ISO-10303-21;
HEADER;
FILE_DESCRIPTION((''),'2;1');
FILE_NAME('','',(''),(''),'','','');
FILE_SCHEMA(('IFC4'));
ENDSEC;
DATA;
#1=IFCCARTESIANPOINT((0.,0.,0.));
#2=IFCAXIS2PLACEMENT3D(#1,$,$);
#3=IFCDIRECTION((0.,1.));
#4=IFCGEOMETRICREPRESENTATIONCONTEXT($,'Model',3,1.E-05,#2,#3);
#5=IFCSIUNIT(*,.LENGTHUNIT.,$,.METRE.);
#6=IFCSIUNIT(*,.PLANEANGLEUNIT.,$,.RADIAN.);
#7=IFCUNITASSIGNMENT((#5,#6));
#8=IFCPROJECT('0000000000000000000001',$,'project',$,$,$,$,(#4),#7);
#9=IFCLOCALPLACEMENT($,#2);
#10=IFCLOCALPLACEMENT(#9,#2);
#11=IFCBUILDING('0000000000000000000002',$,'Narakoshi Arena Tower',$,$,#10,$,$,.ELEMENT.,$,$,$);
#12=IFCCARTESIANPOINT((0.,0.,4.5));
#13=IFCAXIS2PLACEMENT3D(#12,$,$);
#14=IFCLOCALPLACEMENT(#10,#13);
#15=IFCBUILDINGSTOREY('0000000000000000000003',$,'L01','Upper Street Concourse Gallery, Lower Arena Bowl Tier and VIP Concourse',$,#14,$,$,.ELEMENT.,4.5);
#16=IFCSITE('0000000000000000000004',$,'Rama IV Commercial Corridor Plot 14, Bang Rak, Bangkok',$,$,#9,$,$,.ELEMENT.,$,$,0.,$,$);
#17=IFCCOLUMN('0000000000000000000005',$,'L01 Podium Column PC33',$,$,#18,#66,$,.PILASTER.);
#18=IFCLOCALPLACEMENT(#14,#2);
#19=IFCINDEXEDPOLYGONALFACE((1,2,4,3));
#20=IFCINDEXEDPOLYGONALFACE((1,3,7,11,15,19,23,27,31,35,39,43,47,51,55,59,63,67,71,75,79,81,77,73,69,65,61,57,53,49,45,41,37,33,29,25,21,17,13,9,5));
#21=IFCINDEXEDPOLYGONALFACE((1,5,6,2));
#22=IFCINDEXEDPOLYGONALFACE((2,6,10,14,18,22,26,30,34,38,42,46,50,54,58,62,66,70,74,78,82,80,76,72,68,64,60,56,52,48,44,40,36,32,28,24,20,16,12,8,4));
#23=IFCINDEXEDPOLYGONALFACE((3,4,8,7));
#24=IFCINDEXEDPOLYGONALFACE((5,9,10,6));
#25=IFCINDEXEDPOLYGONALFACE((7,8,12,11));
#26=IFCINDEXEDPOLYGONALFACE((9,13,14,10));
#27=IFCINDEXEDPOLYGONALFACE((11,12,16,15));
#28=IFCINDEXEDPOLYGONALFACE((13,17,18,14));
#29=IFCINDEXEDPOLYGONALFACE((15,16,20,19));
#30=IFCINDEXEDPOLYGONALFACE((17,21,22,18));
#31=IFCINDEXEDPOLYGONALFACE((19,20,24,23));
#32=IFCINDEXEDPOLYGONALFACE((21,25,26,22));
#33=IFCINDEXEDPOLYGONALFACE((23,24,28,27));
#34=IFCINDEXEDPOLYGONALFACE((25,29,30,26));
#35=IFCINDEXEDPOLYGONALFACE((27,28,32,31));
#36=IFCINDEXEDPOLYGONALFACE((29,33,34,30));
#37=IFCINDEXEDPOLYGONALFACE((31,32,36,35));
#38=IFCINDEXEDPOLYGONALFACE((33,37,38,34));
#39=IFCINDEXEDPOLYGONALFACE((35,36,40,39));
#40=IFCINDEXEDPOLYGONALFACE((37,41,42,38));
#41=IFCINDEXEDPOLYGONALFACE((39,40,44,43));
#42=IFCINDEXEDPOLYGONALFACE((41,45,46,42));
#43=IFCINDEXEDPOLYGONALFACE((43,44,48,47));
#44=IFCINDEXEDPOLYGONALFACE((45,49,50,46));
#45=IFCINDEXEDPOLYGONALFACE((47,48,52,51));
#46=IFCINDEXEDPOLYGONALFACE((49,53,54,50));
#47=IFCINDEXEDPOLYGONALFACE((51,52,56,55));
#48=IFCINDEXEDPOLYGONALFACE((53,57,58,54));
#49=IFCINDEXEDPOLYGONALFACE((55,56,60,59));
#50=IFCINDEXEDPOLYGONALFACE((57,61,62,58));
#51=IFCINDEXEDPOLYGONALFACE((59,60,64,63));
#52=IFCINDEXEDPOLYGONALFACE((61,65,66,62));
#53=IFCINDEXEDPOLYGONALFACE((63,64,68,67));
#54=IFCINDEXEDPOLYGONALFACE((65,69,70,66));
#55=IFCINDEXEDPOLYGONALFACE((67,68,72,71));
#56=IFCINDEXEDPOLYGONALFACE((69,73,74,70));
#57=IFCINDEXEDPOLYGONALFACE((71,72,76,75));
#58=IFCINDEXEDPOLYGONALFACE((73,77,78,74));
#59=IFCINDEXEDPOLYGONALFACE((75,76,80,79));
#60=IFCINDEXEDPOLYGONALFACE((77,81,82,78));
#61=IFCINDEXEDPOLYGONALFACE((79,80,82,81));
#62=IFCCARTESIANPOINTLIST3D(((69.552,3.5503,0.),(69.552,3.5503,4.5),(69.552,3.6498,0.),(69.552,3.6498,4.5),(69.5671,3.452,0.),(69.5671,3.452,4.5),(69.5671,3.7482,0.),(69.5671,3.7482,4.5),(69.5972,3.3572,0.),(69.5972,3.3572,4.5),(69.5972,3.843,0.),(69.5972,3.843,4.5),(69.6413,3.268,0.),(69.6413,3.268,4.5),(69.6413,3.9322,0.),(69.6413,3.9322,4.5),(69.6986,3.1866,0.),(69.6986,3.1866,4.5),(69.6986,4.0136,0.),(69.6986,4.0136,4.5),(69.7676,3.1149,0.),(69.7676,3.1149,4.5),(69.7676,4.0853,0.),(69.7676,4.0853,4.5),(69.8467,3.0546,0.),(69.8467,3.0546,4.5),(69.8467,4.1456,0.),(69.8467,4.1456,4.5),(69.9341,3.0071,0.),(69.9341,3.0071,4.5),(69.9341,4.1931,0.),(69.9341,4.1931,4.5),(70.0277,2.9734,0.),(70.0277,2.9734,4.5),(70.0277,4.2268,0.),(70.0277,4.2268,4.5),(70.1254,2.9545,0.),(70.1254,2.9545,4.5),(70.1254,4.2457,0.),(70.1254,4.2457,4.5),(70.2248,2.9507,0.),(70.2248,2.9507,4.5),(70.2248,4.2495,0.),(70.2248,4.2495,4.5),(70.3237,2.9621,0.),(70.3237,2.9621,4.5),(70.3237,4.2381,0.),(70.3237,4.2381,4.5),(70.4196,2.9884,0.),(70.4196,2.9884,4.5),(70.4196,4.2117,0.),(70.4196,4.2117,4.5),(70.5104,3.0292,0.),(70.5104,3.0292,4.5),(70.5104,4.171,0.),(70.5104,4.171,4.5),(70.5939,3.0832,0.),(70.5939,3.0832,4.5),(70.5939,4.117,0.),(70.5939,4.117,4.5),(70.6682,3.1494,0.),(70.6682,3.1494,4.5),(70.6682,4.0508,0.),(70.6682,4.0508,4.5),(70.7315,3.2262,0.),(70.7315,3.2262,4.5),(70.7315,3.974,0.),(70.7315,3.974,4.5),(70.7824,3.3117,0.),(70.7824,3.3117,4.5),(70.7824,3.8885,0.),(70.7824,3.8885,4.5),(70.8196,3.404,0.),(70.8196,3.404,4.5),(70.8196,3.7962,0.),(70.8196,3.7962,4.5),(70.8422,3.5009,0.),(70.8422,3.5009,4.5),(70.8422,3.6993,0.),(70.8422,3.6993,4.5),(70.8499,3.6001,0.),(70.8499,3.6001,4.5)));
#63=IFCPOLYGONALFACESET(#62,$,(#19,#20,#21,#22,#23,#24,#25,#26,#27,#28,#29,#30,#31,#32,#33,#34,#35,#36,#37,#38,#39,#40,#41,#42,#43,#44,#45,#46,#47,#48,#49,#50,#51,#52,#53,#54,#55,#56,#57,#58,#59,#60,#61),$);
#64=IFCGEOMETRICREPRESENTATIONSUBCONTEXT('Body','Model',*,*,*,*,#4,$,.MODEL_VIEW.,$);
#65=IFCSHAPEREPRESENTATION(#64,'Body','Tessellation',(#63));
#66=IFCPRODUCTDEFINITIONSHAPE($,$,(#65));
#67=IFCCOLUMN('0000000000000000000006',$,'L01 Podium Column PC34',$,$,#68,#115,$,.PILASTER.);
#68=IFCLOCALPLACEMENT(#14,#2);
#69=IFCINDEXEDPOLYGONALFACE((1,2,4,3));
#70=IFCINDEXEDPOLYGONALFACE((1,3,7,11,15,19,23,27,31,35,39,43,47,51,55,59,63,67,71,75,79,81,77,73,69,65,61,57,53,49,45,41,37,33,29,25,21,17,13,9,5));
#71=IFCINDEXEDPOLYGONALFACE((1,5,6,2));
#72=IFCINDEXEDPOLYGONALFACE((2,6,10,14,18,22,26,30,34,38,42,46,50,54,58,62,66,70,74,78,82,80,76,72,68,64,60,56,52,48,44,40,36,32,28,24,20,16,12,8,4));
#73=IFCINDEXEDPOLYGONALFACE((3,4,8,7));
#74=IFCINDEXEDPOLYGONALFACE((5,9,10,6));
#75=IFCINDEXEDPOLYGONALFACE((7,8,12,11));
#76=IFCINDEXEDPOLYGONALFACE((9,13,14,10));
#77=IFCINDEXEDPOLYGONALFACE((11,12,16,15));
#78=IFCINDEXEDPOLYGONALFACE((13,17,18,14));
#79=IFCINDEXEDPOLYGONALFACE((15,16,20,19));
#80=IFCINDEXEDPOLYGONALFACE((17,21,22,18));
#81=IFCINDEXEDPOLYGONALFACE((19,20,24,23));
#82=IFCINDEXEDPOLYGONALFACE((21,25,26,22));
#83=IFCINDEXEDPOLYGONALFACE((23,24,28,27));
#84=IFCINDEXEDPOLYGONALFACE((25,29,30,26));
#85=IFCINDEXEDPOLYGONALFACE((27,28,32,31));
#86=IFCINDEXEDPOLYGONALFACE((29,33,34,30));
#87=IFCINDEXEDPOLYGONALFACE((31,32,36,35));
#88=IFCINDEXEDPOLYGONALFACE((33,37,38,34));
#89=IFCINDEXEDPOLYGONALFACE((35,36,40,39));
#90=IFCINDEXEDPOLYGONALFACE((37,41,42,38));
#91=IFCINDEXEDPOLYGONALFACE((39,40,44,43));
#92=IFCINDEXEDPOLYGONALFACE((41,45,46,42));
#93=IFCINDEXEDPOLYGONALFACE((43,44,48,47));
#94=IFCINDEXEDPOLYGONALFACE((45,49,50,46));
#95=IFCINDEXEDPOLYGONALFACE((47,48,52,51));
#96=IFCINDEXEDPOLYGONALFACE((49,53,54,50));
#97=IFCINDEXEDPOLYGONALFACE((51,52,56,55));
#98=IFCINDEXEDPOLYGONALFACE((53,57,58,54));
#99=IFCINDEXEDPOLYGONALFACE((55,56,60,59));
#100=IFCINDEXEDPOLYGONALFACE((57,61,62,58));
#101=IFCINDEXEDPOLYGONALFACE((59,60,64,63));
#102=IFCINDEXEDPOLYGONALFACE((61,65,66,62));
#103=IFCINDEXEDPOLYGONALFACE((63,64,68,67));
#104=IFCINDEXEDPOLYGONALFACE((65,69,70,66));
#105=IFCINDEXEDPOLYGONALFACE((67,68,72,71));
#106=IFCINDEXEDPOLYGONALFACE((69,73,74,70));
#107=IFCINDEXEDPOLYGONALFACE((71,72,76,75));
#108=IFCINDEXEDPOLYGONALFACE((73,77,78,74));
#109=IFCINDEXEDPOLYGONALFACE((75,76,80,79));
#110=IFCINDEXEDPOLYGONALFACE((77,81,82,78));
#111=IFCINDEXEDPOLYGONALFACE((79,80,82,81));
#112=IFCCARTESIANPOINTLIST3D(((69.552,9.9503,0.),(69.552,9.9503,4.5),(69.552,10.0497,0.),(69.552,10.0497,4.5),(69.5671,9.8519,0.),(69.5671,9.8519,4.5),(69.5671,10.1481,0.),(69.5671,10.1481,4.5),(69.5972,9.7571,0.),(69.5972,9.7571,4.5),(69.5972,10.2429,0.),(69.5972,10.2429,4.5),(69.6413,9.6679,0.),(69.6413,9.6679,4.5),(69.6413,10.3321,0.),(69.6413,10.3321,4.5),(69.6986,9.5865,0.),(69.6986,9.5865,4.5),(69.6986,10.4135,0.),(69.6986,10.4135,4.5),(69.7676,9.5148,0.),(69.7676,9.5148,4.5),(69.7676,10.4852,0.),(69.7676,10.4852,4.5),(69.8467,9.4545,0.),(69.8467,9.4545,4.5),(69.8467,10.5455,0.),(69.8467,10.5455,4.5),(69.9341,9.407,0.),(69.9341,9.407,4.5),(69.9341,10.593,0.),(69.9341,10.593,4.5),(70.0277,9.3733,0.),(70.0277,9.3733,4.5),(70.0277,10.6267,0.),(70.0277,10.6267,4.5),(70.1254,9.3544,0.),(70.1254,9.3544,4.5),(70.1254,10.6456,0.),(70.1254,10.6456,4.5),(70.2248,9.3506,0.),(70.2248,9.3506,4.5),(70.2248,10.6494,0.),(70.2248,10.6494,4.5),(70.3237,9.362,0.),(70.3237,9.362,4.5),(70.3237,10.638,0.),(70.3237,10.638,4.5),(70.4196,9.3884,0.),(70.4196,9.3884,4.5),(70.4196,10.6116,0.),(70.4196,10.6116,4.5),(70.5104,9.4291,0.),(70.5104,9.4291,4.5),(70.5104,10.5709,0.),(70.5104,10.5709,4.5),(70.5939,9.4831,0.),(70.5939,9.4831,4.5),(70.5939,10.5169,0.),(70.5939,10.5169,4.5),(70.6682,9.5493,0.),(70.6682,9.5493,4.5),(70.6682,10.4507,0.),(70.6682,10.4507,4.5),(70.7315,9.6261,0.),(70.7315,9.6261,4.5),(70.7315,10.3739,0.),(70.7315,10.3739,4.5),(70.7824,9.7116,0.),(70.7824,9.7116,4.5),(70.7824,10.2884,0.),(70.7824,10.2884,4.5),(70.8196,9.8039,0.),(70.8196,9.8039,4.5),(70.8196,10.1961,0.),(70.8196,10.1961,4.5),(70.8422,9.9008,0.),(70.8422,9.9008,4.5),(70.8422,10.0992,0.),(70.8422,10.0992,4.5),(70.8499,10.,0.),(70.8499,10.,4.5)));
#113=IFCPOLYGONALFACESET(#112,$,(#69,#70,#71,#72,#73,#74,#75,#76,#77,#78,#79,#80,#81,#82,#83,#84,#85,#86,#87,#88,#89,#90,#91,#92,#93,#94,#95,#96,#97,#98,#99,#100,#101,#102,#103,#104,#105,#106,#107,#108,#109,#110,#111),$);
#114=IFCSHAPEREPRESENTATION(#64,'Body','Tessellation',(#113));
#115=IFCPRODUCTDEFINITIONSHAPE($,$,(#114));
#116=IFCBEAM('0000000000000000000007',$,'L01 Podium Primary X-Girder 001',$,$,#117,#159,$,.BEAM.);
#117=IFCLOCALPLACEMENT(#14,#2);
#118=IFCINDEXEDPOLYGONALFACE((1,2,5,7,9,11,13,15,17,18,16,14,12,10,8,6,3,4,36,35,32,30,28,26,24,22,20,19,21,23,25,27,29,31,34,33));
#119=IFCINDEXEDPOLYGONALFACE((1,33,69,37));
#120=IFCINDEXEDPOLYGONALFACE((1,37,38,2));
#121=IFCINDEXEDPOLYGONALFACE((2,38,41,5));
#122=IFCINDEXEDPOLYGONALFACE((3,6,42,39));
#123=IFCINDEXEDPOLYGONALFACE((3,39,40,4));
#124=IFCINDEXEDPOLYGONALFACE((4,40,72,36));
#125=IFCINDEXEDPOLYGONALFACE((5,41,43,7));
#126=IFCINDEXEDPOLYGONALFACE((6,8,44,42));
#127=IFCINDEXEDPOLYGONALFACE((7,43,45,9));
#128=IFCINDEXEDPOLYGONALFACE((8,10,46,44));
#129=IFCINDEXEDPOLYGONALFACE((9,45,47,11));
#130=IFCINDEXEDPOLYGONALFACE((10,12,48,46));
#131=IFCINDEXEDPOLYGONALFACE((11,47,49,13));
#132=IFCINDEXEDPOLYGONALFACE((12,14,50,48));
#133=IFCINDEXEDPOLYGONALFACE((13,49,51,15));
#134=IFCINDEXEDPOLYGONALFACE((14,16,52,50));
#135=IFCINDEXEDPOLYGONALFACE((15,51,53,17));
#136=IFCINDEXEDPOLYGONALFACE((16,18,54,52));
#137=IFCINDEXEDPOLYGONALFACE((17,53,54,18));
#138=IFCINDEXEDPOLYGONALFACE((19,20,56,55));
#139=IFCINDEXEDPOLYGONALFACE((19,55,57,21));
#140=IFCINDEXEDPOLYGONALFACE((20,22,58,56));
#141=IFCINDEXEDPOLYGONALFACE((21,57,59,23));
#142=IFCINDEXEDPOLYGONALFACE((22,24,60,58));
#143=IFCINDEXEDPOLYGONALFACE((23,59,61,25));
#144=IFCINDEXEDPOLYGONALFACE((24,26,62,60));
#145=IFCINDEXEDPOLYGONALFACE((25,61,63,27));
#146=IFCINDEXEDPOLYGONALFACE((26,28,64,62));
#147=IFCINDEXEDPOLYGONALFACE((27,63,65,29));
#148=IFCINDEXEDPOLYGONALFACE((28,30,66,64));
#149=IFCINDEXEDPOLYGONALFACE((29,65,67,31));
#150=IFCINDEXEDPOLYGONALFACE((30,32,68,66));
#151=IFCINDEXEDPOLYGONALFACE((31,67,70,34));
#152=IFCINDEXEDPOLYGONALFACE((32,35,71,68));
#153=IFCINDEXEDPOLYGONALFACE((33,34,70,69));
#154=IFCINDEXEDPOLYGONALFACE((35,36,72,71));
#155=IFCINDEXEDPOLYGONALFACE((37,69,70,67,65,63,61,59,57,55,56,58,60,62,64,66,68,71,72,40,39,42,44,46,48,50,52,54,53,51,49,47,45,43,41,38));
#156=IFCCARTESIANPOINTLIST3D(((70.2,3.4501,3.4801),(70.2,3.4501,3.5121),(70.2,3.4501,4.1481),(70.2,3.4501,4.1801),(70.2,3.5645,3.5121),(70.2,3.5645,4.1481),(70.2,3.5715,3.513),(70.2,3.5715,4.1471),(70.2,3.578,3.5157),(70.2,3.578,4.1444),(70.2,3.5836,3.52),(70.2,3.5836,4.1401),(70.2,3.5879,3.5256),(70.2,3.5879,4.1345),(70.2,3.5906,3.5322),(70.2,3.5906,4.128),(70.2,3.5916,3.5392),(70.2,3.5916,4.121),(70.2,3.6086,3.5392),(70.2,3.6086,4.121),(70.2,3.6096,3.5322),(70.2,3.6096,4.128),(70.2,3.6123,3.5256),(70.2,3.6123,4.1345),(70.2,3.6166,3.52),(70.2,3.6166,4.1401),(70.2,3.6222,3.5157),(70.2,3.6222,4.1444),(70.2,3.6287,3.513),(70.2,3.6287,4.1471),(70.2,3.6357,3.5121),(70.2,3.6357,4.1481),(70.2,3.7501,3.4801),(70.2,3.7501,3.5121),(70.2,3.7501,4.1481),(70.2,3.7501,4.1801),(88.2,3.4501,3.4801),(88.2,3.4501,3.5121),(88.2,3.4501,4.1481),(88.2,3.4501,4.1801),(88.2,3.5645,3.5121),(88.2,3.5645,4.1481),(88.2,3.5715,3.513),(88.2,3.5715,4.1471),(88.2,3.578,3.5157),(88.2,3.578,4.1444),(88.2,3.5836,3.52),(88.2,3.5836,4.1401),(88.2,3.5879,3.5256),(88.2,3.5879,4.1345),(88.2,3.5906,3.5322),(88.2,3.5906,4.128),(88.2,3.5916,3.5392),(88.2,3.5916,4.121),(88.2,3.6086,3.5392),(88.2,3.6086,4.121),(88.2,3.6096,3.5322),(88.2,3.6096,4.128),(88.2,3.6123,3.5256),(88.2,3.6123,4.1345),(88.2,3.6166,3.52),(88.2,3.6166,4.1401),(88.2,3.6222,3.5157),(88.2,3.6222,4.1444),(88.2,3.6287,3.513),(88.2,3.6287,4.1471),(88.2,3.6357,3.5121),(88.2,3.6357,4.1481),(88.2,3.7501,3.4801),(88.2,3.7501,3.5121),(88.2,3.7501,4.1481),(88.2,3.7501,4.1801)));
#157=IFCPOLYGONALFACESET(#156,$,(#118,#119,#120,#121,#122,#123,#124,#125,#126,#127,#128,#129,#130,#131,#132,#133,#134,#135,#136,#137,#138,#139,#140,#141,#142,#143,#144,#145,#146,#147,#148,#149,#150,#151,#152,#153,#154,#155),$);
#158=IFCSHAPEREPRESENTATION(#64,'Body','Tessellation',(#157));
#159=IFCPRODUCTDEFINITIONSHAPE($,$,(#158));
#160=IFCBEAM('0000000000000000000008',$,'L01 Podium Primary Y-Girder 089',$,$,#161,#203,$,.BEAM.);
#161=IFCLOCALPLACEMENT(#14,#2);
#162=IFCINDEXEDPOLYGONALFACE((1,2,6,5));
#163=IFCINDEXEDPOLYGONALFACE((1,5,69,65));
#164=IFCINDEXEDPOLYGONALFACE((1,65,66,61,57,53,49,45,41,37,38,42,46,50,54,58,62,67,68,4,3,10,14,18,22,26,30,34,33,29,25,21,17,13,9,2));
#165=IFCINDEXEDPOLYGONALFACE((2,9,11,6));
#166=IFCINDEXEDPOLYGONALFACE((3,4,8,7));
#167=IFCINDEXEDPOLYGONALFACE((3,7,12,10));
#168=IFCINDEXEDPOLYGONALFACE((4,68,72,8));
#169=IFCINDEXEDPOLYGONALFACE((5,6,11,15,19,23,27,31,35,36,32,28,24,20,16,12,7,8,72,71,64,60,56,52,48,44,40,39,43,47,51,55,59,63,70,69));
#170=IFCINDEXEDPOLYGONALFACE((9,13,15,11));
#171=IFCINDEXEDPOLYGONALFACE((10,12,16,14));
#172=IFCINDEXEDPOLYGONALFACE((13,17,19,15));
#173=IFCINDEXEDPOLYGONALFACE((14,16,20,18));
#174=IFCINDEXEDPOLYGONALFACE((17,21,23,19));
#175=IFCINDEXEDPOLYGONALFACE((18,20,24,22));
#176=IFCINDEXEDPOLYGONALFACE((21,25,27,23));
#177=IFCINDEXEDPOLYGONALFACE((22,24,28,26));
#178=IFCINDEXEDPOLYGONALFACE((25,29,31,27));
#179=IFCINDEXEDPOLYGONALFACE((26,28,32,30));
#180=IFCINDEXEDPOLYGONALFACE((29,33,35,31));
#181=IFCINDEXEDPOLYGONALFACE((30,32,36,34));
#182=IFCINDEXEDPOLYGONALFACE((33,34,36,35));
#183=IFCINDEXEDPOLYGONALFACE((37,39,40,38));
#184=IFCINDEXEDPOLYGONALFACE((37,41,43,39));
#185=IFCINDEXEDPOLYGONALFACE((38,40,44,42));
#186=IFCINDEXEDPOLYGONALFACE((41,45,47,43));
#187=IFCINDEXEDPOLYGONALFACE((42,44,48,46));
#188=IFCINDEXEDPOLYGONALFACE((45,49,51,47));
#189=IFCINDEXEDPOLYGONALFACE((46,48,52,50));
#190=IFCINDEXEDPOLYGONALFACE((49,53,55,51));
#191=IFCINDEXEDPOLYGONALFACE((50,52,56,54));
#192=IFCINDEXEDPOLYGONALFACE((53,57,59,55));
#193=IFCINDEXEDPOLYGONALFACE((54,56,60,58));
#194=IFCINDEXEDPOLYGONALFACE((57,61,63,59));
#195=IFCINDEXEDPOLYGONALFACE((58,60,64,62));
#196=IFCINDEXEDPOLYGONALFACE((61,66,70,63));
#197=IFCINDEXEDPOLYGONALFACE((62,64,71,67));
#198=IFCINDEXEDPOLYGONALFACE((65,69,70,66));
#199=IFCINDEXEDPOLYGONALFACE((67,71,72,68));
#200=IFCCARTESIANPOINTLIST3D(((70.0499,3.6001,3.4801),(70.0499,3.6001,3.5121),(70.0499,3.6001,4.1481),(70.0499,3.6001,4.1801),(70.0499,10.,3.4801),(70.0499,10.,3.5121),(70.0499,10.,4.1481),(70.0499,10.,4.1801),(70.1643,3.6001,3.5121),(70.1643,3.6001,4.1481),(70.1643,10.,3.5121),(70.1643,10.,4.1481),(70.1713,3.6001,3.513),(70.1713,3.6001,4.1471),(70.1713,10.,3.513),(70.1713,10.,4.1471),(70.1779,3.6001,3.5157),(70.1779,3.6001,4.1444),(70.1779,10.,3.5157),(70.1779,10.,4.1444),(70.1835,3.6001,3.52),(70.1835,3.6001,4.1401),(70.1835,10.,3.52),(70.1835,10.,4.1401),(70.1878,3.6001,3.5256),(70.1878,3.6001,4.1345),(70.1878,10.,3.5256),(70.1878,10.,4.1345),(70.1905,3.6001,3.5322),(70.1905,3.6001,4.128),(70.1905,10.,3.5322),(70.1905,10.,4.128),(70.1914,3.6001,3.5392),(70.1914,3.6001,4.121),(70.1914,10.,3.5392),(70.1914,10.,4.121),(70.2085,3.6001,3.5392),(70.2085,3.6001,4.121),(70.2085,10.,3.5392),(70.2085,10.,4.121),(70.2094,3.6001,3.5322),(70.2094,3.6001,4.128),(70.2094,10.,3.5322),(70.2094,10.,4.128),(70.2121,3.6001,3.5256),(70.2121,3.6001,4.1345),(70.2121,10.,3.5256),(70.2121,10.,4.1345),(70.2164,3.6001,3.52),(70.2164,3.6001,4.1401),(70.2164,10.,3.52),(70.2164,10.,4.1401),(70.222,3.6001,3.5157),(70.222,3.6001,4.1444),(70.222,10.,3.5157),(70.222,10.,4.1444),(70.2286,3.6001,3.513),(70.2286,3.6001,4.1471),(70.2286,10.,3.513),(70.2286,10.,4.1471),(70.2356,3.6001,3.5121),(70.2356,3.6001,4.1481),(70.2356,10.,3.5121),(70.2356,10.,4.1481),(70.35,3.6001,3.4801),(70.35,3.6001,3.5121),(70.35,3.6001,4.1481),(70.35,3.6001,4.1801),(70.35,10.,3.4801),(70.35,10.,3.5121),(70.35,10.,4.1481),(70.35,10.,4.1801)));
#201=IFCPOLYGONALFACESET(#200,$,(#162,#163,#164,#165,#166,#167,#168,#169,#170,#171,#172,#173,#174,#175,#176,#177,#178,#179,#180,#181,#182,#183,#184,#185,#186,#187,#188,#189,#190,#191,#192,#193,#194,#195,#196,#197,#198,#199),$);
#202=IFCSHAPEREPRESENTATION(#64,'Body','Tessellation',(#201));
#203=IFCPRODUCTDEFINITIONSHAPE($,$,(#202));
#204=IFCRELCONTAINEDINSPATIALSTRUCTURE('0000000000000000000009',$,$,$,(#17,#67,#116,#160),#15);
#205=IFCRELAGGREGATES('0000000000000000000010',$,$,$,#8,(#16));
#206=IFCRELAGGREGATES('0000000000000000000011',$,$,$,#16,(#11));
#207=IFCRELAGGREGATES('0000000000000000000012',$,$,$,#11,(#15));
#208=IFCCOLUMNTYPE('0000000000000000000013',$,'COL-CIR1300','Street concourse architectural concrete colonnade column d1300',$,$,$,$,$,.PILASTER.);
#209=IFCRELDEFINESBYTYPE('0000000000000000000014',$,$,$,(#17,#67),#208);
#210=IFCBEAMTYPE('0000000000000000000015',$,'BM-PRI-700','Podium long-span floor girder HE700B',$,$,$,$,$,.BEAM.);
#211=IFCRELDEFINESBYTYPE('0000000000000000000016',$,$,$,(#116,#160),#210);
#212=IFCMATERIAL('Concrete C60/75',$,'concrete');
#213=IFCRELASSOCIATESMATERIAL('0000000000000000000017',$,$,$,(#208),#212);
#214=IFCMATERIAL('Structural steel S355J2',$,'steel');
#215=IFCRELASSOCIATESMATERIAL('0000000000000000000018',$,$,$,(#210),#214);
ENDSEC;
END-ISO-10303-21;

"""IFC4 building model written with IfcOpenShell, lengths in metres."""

from ifc_helpers import new_model, si_unit, direction, frame, origin, origin_2d, place, context, subcontext, project, spatial, circle, i_section, extrude, material, material_profile, profile_set, type_object, element, save


model = new_model("IFC4")

# Units and contexts
model_context = context("Model", 3, precision=1e-05, world=origin(), true_north=direction((0.0, 1.0)))
body_context = subcontext(model_context, "Body", "Model", "MODEL_VIEW")
ifc_project = project(units=[si_unit("LENGTHUNIT", "METRE"), si_unit("PLANEANGLEUNIT", "RADIAN")], contexts=[model_context])

# Site, building, storey
site_placement = place(None, origin())
site = spatial("IfcSite", under=ifc_project, at=site_placement, Name="Rama IV Commercial Corridor Plot 14, Bang Rak, Bangkok", CompositionType="ELEMENT", RefElevation=0.0)
building_placement = place(site_placement, origin())
building = spatial("IfcBuilding", under=site, at=building_placement, Name="Narakoshi Arena Tower", CompositionType="ELEMENT")
storey_placement = place(building_placement, frame((0.0, 0.0, 4.5)))
storey = spatial("IfcBuildingStorey", under=building, at=storey_placement, Name="L01", Description="Upper Street Concourse Gallery, Lower Arena Bowl Tier and VIP Concourse", CompositionType="ELEMENT", Elevation=4.5)

# Columns
ifc_material_1 = material(Name="Concrete C60/75", Category="concrete")
ifc_material_profile_1 = material_profile(ifc_material_1, circle(Radius=0.6499, at=origin_2d()), Name="RCC1300")
ifc_profile_set_1 = profile_set([ifc_material_profile_1], Name="Concrete C60/75")
column_type = type_object("IfcColumnType", Name="COL-CIR1300", Description="Street concourse architectural concrete colonnade column d1300", PredefinedType="PILASTER", material=ifc_profile_set_1)
for number, where, z_axis, x_axis, name in (
    (1, (70.2, 3.6001, 0.0), (0.0, 0.0, 1.0), (1.0, 0.0, 0.0), "L01 Podium Column PC33"),
    (2, (70.2, 10.0, 0.0), (0.0, 0.0, 1.0), (1.0, 0.0, 0.0), "L01 Podium Column PC34"),
):
    element("IfcColumn", number, at=place(storey_placement, frame(where, z_axis=z_axis, x_axis=x_axis)), inside=storey, type_object=column_type, Name=name, PredefinedType="PILASTER", context=body_context, shape_type="SweptSolid", body=[
        extrude(circle(Radius=0.6499, at=origin_2d()), origin(), (0.0, 0.0, 1.0), 4.5),
    ])

# Beams
ifc_material_2 = material(Name="Structural steel S355J2", Category="steel")
ifc_material_profile_2 = material_profile(ifc_material_2, i_section(OverallWidth=0.3, OverallDepth=0.7, WebThickness=0.0171, FlangeThickness=0.032, FilletRadius=0.0271, at=origin_2d()), Name="HE700B")
ifc_profile_set_2 = profile_set([ifc_material_profile_2], Name="Structural steel S355J2")
beam_type_1 = type_object("IfcBeamType", Name="BM-PRI-700", Description="Podium long-span floor girder HE700B", PredefinedType="BEAM", material=ifc_profile_set_2)
beam_1_placement = place(storey_placement, frame((70.2, 3.6001, 3.8301), z_axis=(1.0, 0.0, 0.0), x_axis=(0.0, 1.0, 0.0)))
element("IfcBeam", 3, at=beam_1_placement, inside=storey, type_object=beam_type_1, Name="L01 Podium Primary X-Girder 001", PredefinedType="BEAM", context=body_context, shape_type="SweptSolid", body=[
    extrude(i_section(OverallWidth=0.3, OverallDepth=0.7, WebThickness=0.0171, FlangeThickness=0.032, FilletRadius=0.0271, at=origin_2d()), origin(), (0.0, 0.0, 1.0), 18.0),
])
beam_2_placement = place(storey_placement, frame((70.2, 3.6001, 3.8301), z_axis=(0.0, 1.0, 0.0), x_axis=(-1.0, 0.0, 0.0)))
element("IfcBeam", 4, at=beam_2_placement, inside=storey, type_object=beam_type_1, Name="L01 Podium Primary Y-Girder 089", PredefinedType="BEAM", context=body_context, shape_type="SweptSolid", body=[
    extrude(i_section(OverallWidth=0.3, OverallDepth=0.7, WebThickness=0.0171, FlangeThickness=0.032, FilletRadius=0.0271, at=origin_2d()), origin(), (0.0, 0.0, 1.0), 6.3999),
])

save(model, "model.ifc")
